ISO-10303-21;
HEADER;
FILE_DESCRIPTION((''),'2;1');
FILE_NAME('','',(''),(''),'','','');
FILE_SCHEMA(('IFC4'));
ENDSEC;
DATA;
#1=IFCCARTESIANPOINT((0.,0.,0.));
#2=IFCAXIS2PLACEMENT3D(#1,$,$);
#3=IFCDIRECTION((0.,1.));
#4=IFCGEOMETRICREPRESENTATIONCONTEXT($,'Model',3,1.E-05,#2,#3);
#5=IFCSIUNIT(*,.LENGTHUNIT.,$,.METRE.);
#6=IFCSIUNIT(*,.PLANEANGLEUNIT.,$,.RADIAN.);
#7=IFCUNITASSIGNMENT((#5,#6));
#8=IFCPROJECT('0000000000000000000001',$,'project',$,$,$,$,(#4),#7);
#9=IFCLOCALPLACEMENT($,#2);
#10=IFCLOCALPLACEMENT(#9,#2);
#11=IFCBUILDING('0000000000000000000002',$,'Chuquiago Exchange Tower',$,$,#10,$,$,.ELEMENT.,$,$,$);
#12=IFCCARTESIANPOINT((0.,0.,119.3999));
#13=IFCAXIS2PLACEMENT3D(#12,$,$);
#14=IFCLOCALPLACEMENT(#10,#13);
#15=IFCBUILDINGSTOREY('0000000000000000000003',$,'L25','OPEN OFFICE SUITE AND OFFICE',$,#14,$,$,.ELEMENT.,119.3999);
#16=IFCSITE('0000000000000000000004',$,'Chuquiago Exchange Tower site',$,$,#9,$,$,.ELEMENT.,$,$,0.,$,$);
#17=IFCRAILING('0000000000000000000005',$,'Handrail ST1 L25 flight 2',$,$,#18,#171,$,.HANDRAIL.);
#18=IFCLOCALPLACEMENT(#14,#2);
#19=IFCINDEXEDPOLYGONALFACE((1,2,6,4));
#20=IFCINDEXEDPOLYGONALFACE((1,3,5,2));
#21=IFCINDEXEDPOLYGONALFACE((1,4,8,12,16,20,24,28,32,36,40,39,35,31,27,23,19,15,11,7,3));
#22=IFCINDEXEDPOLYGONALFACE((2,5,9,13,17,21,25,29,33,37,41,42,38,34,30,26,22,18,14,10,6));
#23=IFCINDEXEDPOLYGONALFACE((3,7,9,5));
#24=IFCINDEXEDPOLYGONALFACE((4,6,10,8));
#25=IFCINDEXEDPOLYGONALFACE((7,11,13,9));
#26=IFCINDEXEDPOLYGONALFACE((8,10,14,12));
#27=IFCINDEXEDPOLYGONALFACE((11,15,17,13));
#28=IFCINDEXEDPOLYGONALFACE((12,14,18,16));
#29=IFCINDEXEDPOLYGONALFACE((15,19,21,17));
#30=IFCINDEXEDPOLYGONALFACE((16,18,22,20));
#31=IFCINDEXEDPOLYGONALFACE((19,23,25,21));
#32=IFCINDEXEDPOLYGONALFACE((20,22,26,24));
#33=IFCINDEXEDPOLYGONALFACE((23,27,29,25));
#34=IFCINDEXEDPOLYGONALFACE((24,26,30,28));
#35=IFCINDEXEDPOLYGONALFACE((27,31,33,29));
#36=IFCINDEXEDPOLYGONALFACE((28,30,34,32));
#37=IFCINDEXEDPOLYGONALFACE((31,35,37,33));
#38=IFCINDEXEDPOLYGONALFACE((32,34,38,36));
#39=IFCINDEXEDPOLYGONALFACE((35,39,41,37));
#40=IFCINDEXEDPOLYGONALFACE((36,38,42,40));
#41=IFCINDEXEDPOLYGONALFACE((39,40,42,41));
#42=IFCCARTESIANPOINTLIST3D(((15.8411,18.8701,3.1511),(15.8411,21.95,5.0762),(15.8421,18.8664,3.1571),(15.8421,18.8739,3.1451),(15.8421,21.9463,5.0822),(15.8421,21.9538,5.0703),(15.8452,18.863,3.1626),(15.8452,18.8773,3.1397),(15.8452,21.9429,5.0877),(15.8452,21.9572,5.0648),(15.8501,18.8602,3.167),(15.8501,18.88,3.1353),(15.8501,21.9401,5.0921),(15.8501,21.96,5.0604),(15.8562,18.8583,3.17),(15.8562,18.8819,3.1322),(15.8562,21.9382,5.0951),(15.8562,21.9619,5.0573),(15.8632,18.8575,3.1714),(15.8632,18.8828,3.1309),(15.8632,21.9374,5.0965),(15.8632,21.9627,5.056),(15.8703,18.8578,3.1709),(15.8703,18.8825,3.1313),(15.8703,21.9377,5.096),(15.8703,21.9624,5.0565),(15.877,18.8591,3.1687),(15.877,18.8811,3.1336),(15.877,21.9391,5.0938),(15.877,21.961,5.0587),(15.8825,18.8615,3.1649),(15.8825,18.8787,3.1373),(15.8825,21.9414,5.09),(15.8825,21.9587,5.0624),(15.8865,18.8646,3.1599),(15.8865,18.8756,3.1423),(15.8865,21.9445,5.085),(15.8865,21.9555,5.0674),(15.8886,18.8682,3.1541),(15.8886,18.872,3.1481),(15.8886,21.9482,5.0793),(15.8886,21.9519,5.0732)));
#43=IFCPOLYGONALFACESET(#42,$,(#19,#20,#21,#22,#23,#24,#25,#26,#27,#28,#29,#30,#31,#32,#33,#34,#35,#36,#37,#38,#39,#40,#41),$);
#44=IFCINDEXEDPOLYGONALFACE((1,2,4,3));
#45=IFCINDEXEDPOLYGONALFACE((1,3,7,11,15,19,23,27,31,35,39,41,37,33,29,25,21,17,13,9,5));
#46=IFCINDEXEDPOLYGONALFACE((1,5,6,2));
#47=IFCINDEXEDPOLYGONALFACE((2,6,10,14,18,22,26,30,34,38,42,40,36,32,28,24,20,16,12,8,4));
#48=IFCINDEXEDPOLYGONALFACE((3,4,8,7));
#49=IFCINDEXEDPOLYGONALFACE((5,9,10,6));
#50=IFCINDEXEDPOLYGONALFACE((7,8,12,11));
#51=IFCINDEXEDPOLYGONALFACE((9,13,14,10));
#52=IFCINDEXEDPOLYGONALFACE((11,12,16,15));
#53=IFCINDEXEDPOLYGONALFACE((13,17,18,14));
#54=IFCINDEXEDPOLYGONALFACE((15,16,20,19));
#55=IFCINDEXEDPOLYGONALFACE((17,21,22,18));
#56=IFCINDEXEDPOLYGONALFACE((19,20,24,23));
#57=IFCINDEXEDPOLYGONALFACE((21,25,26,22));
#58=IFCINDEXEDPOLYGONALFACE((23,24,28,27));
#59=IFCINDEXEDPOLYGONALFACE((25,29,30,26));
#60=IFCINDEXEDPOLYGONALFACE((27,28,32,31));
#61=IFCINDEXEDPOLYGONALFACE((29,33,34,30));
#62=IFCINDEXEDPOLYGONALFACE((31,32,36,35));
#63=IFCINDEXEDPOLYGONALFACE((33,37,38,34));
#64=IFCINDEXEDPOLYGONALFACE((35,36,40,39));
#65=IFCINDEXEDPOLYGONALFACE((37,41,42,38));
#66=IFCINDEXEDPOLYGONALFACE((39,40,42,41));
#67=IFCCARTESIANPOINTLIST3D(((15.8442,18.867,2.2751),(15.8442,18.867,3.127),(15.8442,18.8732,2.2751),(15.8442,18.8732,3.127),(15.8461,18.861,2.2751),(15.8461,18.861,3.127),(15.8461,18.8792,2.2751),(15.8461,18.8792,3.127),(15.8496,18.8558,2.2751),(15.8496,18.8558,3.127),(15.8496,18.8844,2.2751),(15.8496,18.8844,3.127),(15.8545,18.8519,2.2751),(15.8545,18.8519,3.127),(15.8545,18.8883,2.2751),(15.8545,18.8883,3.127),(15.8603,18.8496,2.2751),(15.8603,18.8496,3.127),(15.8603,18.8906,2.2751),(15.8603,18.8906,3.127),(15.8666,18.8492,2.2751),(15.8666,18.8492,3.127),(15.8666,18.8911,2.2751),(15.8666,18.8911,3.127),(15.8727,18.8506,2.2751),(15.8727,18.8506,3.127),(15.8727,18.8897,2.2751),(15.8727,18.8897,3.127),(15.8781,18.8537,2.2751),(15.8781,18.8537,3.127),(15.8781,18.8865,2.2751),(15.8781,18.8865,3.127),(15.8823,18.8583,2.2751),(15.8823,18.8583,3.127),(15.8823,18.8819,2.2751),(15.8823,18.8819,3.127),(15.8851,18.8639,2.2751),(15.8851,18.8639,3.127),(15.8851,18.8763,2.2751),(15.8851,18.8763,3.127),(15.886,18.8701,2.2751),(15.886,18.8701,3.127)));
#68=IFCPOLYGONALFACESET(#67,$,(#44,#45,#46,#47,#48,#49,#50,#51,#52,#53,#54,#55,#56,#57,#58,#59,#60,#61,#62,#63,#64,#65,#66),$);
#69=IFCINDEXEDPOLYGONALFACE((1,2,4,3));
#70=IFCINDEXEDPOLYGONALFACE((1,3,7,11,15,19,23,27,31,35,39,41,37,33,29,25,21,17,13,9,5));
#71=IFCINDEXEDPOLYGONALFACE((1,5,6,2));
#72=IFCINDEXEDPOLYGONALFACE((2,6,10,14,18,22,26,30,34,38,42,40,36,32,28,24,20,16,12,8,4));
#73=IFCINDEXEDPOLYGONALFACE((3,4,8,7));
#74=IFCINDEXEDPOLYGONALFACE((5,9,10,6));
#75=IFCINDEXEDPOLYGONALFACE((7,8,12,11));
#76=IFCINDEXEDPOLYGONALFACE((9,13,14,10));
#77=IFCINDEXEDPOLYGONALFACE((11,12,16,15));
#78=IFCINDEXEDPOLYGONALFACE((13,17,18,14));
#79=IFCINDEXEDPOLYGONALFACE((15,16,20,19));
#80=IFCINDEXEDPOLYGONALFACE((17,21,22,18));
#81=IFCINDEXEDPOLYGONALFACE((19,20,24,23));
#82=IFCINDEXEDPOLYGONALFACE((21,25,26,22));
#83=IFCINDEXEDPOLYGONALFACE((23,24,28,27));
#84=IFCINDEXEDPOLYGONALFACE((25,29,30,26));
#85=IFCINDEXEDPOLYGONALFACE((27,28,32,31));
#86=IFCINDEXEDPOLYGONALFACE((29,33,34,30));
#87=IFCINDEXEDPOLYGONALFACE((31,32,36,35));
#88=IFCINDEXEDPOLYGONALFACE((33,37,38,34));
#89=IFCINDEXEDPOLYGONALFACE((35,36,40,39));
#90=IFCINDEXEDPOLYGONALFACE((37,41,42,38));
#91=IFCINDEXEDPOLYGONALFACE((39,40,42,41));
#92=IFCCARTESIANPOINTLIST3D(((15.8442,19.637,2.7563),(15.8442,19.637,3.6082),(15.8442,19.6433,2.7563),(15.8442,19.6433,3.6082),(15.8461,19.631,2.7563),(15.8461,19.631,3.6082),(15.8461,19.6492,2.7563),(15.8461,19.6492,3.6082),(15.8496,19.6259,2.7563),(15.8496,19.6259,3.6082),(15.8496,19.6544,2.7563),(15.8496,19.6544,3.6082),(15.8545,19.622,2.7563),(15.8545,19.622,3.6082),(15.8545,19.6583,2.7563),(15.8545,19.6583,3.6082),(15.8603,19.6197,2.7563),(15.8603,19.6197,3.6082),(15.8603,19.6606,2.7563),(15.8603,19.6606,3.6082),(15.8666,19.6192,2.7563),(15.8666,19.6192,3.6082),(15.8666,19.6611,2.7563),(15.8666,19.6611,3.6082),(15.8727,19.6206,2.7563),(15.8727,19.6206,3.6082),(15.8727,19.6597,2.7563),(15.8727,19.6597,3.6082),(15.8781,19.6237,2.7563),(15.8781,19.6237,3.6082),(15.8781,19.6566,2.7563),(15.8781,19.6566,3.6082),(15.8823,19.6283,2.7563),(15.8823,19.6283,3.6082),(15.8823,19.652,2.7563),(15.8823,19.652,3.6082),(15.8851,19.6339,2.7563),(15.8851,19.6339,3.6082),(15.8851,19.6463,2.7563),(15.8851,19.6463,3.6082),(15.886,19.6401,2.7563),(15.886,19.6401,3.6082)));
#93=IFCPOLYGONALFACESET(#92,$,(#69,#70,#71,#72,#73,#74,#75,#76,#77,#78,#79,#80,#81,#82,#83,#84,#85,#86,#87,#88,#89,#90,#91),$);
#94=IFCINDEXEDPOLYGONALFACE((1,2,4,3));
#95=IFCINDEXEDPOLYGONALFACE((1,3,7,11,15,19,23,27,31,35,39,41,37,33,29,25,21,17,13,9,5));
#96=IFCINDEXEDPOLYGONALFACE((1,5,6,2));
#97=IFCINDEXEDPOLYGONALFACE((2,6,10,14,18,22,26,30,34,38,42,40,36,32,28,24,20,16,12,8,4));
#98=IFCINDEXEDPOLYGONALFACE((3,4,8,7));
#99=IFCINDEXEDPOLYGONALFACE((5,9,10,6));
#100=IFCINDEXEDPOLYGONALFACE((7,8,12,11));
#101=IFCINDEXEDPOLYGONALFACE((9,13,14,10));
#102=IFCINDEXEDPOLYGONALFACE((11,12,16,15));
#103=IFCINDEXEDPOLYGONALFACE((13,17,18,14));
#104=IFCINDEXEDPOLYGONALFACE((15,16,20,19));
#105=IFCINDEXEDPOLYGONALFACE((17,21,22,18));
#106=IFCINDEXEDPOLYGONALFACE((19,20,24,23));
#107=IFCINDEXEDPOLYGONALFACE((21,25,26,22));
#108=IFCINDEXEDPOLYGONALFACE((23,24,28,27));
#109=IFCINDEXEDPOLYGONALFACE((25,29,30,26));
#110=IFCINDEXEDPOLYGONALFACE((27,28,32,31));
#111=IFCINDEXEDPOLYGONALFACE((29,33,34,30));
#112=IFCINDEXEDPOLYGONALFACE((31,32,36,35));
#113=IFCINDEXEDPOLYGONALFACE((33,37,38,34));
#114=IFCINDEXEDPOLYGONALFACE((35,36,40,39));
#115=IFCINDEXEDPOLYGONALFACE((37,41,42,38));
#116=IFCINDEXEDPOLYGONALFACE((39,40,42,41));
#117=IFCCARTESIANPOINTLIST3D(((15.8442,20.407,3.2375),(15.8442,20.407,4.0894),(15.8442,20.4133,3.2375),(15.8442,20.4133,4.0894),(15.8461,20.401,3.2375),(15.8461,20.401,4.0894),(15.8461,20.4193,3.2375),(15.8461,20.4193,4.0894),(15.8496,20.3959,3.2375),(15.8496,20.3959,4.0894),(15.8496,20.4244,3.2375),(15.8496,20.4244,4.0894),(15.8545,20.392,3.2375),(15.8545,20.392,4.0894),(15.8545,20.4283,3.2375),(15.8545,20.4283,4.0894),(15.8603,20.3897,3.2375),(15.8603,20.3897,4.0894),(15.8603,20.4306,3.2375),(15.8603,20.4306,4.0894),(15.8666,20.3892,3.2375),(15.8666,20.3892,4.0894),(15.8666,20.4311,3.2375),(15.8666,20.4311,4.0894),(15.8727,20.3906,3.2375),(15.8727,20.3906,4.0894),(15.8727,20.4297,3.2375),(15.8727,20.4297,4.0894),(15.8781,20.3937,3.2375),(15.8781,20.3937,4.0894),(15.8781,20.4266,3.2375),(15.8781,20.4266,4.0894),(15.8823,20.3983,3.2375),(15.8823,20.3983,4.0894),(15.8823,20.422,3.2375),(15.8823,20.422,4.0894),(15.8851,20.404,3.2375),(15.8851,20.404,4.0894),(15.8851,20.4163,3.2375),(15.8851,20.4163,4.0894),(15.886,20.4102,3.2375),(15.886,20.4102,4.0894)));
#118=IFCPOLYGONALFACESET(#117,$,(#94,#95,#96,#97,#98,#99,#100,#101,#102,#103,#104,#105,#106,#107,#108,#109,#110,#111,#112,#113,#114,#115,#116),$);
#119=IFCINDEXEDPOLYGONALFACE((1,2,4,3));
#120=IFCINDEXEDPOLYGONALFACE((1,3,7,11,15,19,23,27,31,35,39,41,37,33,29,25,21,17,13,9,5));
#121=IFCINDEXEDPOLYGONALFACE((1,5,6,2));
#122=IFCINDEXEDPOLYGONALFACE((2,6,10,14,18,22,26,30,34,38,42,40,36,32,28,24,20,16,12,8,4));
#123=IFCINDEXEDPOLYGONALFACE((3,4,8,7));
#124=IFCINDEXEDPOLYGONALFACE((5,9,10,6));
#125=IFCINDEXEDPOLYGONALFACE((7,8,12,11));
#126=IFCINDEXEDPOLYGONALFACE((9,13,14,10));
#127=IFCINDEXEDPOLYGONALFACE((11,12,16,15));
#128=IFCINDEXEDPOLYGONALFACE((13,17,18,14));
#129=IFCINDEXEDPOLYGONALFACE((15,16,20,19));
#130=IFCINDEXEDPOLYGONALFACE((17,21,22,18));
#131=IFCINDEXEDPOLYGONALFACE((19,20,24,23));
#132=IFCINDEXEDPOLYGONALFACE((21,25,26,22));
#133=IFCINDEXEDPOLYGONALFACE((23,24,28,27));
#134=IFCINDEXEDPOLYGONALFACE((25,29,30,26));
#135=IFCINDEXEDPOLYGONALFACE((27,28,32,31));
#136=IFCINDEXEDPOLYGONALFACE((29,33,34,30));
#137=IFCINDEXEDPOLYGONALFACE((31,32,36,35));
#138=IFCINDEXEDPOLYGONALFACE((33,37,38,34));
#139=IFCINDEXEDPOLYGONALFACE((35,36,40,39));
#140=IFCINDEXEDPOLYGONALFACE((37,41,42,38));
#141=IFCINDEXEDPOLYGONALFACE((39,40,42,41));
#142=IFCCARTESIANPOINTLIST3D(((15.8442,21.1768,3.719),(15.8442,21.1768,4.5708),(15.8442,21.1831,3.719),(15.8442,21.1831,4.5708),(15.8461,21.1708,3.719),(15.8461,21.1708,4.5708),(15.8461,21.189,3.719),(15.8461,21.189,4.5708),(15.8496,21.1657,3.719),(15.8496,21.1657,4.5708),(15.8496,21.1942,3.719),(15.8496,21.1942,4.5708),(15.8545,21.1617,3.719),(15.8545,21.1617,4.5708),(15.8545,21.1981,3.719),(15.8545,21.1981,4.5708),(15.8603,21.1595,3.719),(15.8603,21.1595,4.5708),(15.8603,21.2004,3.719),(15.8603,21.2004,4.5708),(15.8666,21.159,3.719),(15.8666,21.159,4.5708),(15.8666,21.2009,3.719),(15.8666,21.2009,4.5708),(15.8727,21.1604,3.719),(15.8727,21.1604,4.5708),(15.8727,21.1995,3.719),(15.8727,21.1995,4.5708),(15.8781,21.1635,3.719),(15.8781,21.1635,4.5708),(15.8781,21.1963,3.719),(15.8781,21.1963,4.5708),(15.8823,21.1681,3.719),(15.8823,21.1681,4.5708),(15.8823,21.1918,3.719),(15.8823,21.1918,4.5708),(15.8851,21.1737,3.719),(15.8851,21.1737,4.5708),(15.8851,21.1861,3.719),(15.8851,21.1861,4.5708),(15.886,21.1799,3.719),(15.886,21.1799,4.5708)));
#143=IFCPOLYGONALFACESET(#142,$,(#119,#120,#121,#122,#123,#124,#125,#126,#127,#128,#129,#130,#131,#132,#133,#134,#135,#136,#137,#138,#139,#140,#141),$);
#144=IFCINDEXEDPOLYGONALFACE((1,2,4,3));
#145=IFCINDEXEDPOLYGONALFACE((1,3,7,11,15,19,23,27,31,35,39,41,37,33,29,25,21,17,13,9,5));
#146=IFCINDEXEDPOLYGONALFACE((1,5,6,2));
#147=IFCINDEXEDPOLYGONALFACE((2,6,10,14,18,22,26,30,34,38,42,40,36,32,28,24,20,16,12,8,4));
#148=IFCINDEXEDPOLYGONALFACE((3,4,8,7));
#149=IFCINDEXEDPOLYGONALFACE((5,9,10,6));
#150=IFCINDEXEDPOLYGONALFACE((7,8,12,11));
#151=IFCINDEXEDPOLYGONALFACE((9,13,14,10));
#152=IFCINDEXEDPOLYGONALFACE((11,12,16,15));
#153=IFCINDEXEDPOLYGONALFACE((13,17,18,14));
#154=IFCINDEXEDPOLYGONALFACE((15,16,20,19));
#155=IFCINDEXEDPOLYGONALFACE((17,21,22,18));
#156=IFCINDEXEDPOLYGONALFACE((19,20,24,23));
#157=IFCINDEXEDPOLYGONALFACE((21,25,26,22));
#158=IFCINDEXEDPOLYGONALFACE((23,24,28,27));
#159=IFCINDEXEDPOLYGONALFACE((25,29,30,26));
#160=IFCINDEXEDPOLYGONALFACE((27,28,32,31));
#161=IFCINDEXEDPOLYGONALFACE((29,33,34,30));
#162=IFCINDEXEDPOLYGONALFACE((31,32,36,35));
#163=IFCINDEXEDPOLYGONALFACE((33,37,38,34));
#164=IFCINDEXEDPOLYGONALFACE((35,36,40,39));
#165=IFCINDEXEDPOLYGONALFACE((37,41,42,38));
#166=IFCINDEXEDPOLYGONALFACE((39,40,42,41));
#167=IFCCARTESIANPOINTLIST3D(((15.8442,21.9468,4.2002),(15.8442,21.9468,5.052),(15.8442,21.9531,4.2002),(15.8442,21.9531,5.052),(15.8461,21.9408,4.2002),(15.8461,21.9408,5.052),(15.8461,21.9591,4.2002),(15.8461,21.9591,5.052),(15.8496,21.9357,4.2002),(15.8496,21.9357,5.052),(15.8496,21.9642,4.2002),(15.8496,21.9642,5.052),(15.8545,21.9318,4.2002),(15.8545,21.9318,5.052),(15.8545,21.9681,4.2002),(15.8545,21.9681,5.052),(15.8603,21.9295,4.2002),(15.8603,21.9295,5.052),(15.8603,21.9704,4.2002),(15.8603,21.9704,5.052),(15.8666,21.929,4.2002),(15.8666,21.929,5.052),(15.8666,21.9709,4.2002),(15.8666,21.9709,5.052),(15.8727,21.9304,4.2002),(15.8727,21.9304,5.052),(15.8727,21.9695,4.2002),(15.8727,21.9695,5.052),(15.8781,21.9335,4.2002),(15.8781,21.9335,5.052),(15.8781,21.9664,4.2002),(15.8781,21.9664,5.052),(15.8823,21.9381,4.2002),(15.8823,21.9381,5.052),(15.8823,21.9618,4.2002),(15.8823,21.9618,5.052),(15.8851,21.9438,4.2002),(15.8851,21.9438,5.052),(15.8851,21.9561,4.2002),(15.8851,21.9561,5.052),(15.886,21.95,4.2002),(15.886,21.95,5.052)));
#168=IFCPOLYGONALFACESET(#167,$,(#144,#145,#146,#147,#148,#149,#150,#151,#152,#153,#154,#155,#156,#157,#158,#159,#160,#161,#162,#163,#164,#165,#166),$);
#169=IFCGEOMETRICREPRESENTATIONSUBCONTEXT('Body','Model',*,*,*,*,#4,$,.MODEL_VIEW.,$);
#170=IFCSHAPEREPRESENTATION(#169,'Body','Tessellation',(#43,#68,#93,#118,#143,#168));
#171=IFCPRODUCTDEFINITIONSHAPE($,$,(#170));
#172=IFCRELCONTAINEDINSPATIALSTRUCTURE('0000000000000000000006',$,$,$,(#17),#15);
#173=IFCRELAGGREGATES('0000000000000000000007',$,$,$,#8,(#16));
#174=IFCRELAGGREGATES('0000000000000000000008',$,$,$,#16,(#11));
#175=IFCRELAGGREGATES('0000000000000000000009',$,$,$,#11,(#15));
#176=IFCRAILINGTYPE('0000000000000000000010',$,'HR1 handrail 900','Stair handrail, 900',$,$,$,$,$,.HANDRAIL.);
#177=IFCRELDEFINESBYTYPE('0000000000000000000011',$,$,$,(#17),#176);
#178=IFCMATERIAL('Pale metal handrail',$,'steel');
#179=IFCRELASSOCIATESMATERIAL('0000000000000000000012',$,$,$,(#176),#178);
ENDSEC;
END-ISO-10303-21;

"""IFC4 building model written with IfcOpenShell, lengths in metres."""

from ifc_helpers import new_model, si_unit, direction, frame, origin, origin_2d, place, context, subcontext, project, spatial, circle, extrude, material, type_object, element, save


model = new_model("IFC4")

# Units and contexts
model_context = context("Model", 3, precision=1e-05, world=origin(), true_north=direction((0.0, 1.0)))
body_context = subcontext(model_context, "Body", "Model", "MODEL_VIEW")
ifc_project = project(units=[si_unit("LENGTHUNIT", "METRE"), si_unit("PLANEANGLEUNIT", "RADIAN")], contexts=[model_context])

# Site, building, storey
site_placement = place(None, origin())
site = spatial("IfcSite", under=ifc_project, at=site_placement, Name="Chuquiago Exchange Tower site", CompositionType="ELEMENT", RefElevation=0.0)
building_placement = place(site_placement, origin())
building = spatial("IfcBuilding", under=site, at=building_placement, Name="Chuquiago Exchange Tower", CompositionType="ELEMENT")
storey_placement = place(building_placement, frame((0.0, 0.0, 119.3999)))
storey = spatial("IfcBuildingStorey", under=building, at=storey_placement, Name="L25", Description="OPEN OFFICE SUITE AND OFFICE", CompositionType="ELEMENT", Elevation=119.3999)

# Railing
ifc_material_1 = material(Name="Pale metal handrail", Category="steel")
railing_type_1 = type_object("IfcRailingType", Name="HR1 handrail 900", Description="Stair handrail, 900", PredefinedType="HANDRAIL", material=ifc_material_1)
for number, where, name in (
    (1, (15.865, 18.8701, 2.2751), "Handrail ST1 L25 flight 2"),
):
    element("IfcRailing", number, at=place(storey_placement, frame(where)), inside=storey, type_object=railing_type_1, Name=name, PredefinedType="HANDRAIL", context=body_context, shape_type="SweptSolid", body=[
        extrude(circle(Radius=0.0239, at=origin_2d()), frame((0.0, 0.0, 0.876), z_axis=(0.0, 0.847979, 0.530029), x_axis=(-1.0, 0.0, 0.0)), (0.0, 0.0, 1.0), 3.6321),
        extrude(circle(Radius=0.021, at=origin_2d()), origin(), (0.0, 0.0, 1.0), 0.8518),
        extrude(circle(Radius=0.021, at=origin_2d()), frame((0.0, 0.77, 0.4812)), (0.0, 0.0, 1.0), 0.8518),
        extrude(circle(Radius=0.021, at=origin_2d()), frame((0.0, 1.54, 0.9624)), (0.0, 0.0, 1.0), 0.8518),
        extrude(circle(Radius=0.021, at=origin_2d()), frame((0.0, 2.3098, 1.4438)), (0.0, 0.0, 1.0), 0.8518),
        extrude(circle(Radius=0.021, at=origin_2d()), frame((0.0, 3.0798, 1.925)), (0.0, 0.0, 1.0), 0.8518),
    ])

save(model, "model.ifc")
